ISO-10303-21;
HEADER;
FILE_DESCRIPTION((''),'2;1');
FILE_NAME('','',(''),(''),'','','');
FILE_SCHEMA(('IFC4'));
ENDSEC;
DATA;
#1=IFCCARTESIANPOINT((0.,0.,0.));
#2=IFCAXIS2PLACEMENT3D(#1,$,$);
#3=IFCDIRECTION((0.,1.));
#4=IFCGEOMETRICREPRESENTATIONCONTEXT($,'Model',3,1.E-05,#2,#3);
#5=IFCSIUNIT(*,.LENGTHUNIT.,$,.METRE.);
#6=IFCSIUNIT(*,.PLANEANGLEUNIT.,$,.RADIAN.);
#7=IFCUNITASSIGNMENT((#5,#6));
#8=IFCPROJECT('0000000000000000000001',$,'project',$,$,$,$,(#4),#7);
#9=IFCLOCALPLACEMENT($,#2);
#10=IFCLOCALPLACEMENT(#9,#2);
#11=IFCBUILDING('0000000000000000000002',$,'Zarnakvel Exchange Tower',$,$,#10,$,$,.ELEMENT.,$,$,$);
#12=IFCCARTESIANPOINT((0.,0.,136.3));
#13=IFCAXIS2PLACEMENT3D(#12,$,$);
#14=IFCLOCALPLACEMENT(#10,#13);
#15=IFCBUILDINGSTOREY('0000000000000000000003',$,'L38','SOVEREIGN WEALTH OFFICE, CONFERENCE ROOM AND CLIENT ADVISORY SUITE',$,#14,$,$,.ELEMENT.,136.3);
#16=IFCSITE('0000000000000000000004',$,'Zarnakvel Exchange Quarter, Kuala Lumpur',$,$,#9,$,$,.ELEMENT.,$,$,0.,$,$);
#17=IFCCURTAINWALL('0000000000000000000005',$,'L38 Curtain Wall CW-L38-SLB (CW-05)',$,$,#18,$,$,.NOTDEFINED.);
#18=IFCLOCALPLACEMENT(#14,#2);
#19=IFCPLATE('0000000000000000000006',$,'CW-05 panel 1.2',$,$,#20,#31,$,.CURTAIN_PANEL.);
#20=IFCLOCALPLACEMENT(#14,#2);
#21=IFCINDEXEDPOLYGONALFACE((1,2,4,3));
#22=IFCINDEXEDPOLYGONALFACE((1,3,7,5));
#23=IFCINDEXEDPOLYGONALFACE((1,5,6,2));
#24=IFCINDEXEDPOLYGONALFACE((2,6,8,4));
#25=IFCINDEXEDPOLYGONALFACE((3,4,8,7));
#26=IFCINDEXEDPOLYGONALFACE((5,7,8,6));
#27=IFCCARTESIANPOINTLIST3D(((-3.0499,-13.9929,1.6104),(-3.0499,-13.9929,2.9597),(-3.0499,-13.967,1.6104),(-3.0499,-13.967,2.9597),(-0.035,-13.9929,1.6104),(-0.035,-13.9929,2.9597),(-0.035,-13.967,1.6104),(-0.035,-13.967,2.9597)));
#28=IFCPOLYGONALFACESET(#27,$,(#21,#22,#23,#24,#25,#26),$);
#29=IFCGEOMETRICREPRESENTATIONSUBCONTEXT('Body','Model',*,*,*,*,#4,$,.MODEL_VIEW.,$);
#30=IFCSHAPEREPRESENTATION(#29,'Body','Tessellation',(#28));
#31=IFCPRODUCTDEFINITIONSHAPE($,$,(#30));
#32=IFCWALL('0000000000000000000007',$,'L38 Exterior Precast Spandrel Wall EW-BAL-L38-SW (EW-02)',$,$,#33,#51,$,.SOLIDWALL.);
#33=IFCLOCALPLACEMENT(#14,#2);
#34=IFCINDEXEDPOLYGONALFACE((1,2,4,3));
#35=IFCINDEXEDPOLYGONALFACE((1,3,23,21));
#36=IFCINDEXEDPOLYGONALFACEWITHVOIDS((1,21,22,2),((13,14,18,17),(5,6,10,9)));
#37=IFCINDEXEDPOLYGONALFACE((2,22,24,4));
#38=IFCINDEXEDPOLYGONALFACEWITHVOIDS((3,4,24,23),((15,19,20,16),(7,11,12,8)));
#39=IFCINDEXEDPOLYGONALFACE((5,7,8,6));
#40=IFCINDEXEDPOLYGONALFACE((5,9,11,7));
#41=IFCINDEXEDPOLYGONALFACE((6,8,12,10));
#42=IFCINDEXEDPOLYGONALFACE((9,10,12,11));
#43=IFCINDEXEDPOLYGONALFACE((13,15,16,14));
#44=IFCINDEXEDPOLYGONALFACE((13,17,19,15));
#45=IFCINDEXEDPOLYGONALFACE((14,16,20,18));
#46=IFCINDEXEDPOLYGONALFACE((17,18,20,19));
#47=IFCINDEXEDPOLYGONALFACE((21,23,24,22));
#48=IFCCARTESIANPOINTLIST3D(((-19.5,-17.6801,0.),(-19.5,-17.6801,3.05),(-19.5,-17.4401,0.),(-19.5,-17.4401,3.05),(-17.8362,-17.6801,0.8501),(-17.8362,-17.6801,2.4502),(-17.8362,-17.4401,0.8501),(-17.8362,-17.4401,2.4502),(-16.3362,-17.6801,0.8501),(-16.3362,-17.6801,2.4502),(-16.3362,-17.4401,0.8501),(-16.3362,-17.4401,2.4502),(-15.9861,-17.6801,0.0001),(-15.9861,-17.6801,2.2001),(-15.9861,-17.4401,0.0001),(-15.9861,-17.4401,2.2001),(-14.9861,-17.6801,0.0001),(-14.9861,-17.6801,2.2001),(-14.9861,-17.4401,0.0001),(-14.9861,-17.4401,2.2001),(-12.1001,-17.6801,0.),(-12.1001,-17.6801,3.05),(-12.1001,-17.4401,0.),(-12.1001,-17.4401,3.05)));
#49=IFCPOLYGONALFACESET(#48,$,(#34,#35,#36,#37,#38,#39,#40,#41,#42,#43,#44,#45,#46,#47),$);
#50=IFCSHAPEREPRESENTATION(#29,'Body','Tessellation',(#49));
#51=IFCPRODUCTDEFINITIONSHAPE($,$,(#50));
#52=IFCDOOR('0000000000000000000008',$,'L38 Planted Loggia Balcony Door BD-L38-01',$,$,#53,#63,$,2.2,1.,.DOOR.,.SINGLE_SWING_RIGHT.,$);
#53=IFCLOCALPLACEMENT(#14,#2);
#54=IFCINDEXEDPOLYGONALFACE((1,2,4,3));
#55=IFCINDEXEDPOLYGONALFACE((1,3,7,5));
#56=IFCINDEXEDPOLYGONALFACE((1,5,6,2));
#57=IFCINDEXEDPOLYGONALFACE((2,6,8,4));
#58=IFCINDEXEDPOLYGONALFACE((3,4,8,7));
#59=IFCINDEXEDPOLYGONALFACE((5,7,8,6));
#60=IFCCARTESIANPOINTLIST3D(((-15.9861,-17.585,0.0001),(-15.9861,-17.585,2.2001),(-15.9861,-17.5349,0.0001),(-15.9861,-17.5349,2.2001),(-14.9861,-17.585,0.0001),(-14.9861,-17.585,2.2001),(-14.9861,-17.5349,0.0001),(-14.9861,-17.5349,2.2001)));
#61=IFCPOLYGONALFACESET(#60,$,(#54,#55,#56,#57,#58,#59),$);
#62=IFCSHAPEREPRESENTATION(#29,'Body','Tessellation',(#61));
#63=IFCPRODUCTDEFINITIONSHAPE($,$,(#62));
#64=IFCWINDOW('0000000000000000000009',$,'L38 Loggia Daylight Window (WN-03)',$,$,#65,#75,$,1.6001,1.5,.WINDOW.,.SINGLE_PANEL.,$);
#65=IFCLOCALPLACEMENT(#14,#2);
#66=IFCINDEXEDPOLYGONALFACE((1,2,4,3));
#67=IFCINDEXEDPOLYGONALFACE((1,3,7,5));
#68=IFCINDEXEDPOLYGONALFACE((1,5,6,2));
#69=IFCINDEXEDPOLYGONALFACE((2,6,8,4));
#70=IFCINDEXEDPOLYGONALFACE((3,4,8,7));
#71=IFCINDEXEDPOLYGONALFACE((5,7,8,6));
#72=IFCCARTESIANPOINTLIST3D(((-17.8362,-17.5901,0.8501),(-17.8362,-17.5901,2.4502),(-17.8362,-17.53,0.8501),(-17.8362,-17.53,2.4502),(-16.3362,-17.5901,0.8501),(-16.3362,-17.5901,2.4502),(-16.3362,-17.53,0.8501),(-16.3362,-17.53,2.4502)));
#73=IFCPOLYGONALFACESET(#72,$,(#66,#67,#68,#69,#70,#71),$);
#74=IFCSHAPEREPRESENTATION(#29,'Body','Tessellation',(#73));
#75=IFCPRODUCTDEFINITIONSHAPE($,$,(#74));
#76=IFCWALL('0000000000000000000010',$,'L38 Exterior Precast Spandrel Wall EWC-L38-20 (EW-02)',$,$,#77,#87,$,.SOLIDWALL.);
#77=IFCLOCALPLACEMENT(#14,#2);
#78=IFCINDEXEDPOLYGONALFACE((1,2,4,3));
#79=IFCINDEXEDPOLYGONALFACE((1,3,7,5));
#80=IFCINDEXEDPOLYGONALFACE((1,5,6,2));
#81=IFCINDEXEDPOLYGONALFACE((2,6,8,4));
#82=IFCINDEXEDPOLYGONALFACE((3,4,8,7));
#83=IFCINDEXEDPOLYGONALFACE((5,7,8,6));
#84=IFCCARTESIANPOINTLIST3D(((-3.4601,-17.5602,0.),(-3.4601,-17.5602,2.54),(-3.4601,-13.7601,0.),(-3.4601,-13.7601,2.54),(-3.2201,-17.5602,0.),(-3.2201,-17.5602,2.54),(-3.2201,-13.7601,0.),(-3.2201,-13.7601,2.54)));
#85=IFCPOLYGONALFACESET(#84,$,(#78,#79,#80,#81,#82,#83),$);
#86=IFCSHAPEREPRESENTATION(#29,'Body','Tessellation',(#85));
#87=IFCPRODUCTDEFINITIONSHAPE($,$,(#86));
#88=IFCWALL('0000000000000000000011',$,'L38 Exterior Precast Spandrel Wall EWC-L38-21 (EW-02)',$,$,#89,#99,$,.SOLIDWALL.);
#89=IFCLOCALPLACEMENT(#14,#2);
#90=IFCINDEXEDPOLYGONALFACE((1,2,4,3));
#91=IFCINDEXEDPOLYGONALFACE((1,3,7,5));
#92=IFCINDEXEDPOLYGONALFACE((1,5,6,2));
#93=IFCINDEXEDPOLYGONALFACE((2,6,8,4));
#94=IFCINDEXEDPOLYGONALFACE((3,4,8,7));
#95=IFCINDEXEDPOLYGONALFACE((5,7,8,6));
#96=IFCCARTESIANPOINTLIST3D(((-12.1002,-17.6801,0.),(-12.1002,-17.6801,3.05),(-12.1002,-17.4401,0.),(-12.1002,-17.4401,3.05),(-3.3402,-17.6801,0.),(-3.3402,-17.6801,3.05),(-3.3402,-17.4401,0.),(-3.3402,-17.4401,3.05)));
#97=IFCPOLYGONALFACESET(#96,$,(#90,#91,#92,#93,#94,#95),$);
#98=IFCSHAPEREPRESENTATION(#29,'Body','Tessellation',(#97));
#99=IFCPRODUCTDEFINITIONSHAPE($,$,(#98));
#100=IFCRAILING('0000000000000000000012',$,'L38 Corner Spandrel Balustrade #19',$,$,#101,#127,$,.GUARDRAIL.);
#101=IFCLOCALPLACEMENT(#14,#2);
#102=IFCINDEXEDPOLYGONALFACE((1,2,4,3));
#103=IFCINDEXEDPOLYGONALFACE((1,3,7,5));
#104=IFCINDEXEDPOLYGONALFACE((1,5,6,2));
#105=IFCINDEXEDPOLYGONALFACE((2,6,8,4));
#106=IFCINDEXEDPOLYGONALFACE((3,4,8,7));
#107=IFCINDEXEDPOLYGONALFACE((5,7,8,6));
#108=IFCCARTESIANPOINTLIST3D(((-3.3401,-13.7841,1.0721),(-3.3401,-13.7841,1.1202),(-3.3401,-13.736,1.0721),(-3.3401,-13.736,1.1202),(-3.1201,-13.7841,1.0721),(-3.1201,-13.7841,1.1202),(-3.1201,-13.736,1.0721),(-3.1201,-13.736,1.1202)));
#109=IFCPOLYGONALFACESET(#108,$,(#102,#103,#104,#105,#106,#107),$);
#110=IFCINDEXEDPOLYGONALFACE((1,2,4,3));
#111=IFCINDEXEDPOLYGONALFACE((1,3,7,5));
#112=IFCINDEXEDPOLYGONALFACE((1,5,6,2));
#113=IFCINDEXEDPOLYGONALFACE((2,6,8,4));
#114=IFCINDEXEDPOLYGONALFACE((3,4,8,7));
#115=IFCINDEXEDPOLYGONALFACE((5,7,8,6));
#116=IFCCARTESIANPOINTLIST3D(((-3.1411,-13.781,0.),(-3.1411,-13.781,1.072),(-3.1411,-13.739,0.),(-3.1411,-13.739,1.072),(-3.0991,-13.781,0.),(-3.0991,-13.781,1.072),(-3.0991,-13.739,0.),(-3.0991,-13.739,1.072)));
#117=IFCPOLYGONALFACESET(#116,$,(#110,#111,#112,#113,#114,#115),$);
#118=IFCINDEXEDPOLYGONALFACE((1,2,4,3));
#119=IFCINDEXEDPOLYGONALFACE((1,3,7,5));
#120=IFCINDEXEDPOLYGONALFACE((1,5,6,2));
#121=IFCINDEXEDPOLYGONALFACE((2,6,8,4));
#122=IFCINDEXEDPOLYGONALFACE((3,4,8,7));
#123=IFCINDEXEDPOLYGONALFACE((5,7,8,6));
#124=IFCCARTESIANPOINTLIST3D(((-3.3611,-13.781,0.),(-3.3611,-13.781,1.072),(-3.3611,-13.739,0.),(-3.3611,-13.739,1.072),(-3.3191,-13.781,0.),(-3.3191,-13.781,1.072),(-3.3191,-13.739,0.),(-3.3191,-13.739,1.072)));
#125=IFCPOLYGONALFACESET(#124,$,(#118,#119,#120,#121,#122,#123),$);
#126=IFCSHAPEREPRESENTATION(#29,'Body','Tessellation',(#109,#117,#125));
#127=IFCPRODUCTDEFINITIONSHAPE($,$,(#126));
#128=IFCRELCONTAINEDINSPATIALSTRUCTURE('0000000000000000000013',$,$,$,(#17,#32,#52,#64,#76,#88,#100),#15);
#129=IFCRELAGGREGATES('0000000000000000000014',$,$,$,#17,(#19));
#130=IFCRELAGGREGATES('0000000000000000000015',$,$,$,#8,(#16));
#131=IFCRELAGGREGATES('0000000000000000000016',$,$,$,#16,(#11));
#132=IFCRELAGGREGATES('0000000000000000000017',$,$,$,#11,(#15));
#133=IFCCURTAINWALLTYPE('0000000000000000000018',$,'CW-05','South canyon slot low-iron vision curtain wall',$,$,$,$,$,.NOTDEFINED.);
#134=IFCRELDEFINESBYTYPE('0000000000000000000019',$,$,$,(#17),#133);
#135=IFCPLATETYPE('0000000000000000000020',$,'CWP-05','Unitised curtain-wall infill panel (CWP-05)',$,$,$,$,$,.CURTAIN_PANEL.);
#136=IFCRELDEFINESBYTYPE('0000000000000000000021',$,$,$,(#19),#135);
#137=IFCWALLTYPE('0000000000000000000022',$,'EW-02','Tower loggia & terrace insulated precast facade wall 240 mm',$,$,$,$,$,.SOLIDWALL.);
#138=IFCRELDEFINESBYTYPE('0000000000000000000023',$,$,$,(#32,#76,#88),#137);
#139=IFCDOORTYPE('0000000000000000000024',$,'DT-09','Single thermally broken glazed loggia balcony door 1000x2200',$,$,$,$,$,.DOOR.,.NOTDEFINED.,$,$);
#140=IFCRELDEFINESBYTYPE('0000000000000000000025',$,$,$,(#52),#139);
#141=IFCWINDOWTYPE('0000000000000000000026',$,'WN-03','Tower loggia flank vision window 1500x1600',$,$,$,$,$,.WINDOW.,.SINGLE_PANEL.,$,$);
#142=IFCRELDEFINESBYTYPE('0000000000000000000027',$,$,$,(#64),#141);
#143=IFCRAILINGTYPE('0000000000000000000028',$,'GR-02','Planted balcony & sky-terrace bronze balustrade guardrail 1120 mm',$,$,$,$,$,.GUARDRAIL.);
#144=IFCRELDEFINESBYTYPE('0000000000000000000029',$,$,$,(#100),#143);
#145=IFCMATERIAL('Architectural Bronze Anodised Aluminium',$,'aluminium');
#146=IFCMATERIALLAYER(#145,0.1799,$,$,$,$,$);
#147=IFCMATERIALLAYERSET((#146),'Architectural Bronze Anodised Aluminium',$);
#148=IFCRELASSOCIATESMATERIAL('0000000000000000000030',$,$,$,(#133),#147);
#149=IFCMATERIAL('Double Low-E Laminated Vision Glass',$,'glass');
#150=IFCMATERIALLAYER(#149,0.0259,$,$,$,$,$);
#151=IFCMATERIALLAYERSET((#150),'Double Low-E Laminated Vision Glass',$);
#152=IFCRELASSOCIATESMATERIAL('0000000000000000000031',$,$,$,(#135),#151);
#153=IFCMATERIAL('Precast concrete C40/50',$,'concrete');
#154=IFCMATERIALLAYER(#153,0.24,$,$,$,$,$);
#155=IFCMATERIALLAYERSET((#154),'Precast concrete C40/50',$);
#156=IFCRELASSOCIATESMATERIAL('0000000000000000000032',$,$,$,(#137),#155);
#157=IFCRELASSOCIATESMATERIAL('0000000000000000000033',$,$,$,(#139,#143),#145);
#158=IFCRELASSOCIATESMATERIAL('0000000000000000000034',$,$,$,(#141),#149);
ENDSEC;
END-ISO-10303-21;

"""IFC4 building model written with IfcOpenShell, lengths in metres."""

from ifc_helpers import new_model, si_unit, direction, frame, frame_2d, origin, origin_2d, place, context, subcontext, project, spatial, rectangle, extrude, source, transform, mapped, material, layer, layer_set, type_object, element, fill, aggregate, save


model = new_model("IFC4")

# Units and contexts
model_context = context("Model", 3, precision=1e-05, world=origin(), true_north=direction((0.0, 1.0)))
body_context = subcontext(model_context, "Body", "Model", "MODEL_VIEW")
ifc_project = project(units=[si_unit("LENGTHUNIT", "METRE"), si_unit("PLANEANGLEUNIT", "RADIAN")], contexts=[model_context])

# Site, building, storey
site_placement = place(None, origin())
site = spatial("IfcSite", under=ifc_project, at=site_placement, Name="Zarnakvel Exchange Quarter, Kuala Lumpur", CompositionType="ELEMENT", RefElevation=0.0)
building_placement = place(site_placement, origin())
building = spatial("IfcBuilding", under=site, at=building_placement, Name="Zarnakvel Exchange Tower", CompositionType="ELEMENT")
storey_placement = place(building_placement, frame((0.0, 0.0, 136.3)))
storey = spatial("IfcBuildingStorey", under=building, at=storey_placement, Name="L38", Description="SOVEREIGN WEALTH OFFICE, CONFERENCE ROOM AND CLIENT ADVISORY SUITE", CompositionType="ELEMENT", Elevation=136.3)

# Curtain wall
ifc_material_1 = material(Name="Architectural Bronze Anodised Aluminium", Category="aluminium")
ifc_layer_1 = layer(ifc_material_1, 0.1799)
ifc_layer_set_1 = layer_set([ifc_layer_1], Name="Architectural Bronze Anodised Aluminium")
curtain_wall_type = type_object("IfcCurtainWallType", Name="CW-05", Description="South canyon slot low-iron vision curtain wall", PredefinedType="NOTDEFINED", material=ifc_layer_set_1)
curtain_wall_1_placement = place(storey_placement, origin())
curtain_wall_1 = element("IfcCurtainWall", 1, at=curtain_wall_1_placement, inside=storey, type_object=curtain_wall_type, Name="L38 Curtain Wall CW-L38-SLB (CW-05)", PredefinedType="NOTDEFINED")

# Plate
ifc_material_2 = material(Name="Double Low-E Laminated Vision Glass", Category="glass")
ifc_layer_2 = layer(ifc_material_2, 0.0259)
ifc_layer_set_2 = layer_set([ifc_layer_2], Name="Double Low-E Laminated Vision Glass")
plate_type = type_object("IfcPlateType", Name="CWP-05", Description="Unitised curtain-wall infill panel (CWP-05)", PredefinedType="CURTAIN_PANEL", material=ifc_layer_set_2)
shared_shape_1 = source(origin(), body_context, "Body", "SweptSolid", [
    extrude(rectangle(XDim=3.0149, YDim=0.0259, at=origin_2d()), origin(), (0.0, 0.0, 1.0), 1.3494),
])
plate_1_placement = place(storey_placement, frame((-1.5425, -13.98, 1.6104), z_axis=(0.0, 0.0, 1.0), x_axis=(1.0, 0.0, 0.0)))
plate_1 = element("IfcPlate", 2, at=plate_1_placement, type_object=plate_type, Name="CW-05 panel 1.2", PredefinedType="CURTAIN_PANEL", context=body_context, shape_type="MappedRepresentation", body=[
    mapped(shared_shape_1, transform((0.0, 0.0, 0.0), x_axis=(1.0, 0.0, 0.0), y_axis=(0.0, 1.0, 0.0), z_axis=(0.0, 0.0, 1.0), scale=1.0)),
])
aggregate(curtain_wall_1, [plate_1])

# Wall, openings, door, window
ifc_material_3 = material(Name="Precast concrete C40/50", Category="concrete")
ifc_layer_3 = layer(ifc_material_3, 0.24)
ifc_layer_set_3 = layer_set([ifc_layer_3], Name="Precast concrete C40/50")
wall_type = type_object("IfcWallType", Name="EW-02", Description="Tower loggia & terrace insulated precast facade wall 240 mm", PredefinedType="SOLIDWALL", material=ifc_layer_set_3)
wall_1_placement = place(storey_placement, frame((-12.1001, -17.5601, 0.0), z_axis=(0.0, 0.0, 1.0), x_axis=(-1.0, 0.0, 0.0)))
wall_1 = element("IfcWall", 3, at=wall_1_placement, inside=storey, type_object=wall_type, Name="L38 Exterior Precast Spandrel Wall EW-BAL-L38-SW (EW-02)", PredefinedType="SOLIDWALL", context=body_context, shape_type="SweptSolid", body=[
    extrude(rectangle(XDim=7.3999, YDim=0.24, at=frame_2d((3.7, 0.0))), origin(), (0.0, 0.0, 1.0), 3.05),
])
opening_1_placement = place(wall_1_placement, frame((2.886, 0.0, 0.0)))
opening_1 = element("IfcOpeningElement", 4, at=opening_1_placement, cuts=wall_1, PredefinedType="OPENING", context=body_context, shape_type="SweptSolid", body=[
    extrude(rectangle(XDim=1.0, YDim=2.2, at=frame_2d((0.5, 1.1001))), frame((0.0, 0.1299, 0.0), z_axis=(0.0, -1.0, 0.0), x_axis=(1.0, 0.0, 0.0)), (0.0, 0.0, 1.0), 0.26),
])
opening_2_placement = place(wall_1_placement, frame((4.2361, 0.0, 0.8501)))
opening_2 = element("IfcOpeningElement", 5, at=opening_2_placement, cuts=wall_1, PredefinedType="OPENING", context=body_context, shape_type="SweptSolid", body=[
    extrude(rectangle(XDim=1.5, YDim=1.6001, at=frame_2d((0.75, 0.8))), frame((0.0, 0.1299, 0.0), z_axis=(0.0, -1.0, 0.0), x_axis=(1.0, 0.0, 0.0)), (0.0, 0.0, 1.0), 0.26),
])
door_type = type_object("IfcDoorType", Name="DT-09", Description="Single thermally broken glazed loggia balcony door 1000x2200", OperationType="NOTDEFINED", PredefinedType="DOOR", material=ifc_material_1)
shared_shape_2 = source(origin(), body_context, "Body", "SweptSolid", [
    extrude(rectangle(XDim=1.0, YDim=2.2, at=frame_2d((0.5, 1.1001))), frame((0.0, 0.0249, 0.0), z_axis=(0.0, -1.0, 0.0), x_axis=(1.0, 0.0, 0.0)), (0.0, 0.0, 1.0), 0.05),
])
door_placement = place(opening_1_placement, origin())
door = element("IfcDoor", 6, at=door_placement, inside=storey, type_object=door_type, Name="L38 Planted Loggia Balcony Door BD-L38-01", OperationType="SINGLE_SWING_RIGHT", OverallHeight=2.2, OverallWidth=1.0, PredefinedType="DOOR", context=body_context, shape_type="MappedRepresentation", body=[
    mapped(shared_shape_2, transform((0.0, 0.0, 0.0), x_axis=(1.0, 0.0, 0.0), y_axis=(0.0, 1.0, 0.0), z_axis=(0.0, 0.0, 1.0), scale=1.0)),
])
fill(opening_1, door)
window_type = type_object("IfcWindowType", Name="WN-03", Description="Tower loggia flank vision window 1500x1600", PartitioningType="SINGLE_PANEL", PredefinedType="WINDOW", material=ifc_material_2)
shared_shape_3 = source(origin(), body_context, "Body", "SweptSolid", [
    extrude(rectangle(XDim=1.5, YDim=1.6001, at=frame_2d((0.75, 0.8))), frame((0.0, 0.03, 0.0), z_axis=(0.0, -1.0, 0.0), x_axis=(1.0, 0.0, 0.0)), (0.0, 0.0, 1.0), 0.0601),
])
window_placement = place(opening_2_placement, origin())
window = element("IfcWindow", 7, at=window_placement, inside=storey, type_object=window_type, Name="L38 Loggia Daylight Window (WN-03)", OverallHeight=1.6001, OverallWidth=1.5, PartitioningType="SINGLE_PANEL", PredefinedType="WINDOW", context=body_context, shape_type="MappedRepresentation", body=[
    mapped(shared_shape_3, transform((0.0, 0.0, 0.0), x_axis=(1.0, 0.0, 0.0), y_axis=(0.0, 1.0, 0.0), z_axis=(0.0, 0.0, 1.0), scale=1.0)),
])
fill(opening_2, window)

# Walls
wall_2_placement = place(storey_placement, frame((-3.3401, -17.5601, 0.0), z_axis=(0.0, 0.0, 1.0), x_axis=(0.0, 1.0, 0.0)))
element("IfcWall", 8, at=wall_2_placement, inside=storey, type_object=wall_type, Name="L38 Exterior Precast Spandrel Wall EWC-L38-20 (EW-02)", PredefinedType="SOLIDWALL", context=body_context, shape_type="SweptSolid", body=[
    extrude(rectangle(XDim=3.8, YDim=0.24, at=frame_2d((1.8999, 0.0))), origin(), (0.0, 0.0, 1.0), 2.54),
])
wall_3_placement = place(storey_placement, frame((-12.1001, -17.5601, 0.0), z_axis=(0.0, 0.0, 1.0), x_axis=(1.0, 0.0, 0.0)))
element("IfcWall", 9, at=wall_3_placement, inside=storey, type_object=wall_type, Name="L38 Exterior Precast Spandrel Wall EWC-L38-21 (EW-02)", PredefinedType="SOLIDWALL", context=body_context, shape_type="SweptSolid", body=[
    extrude(rectangle(XDim=8.76, YDim=0.24, at=frame_2d((4.3799, 0.0))), origin(), (0.0, 0.0, 1.0), 3.05),
])

# Railing
railing_type_1 = type_object("IfcRailingType", Name="GR-02", Description="Planted balcony & sky-terrace bronze balustrade guardrail 1120 mm", PredefinedType="GUARDRAIL", material=ifc_material_1)
railing_1_placement = place(storey_placement, frame((-3.1201, -13.76, 0.0)))
element("IfcRailing", 10, at=railing_1_placement, inside=storey, type_object=railing_type_1, Name="L38 Corner Spandrel Balustrade #19", PredefinedType="GUARDRAIL", context=body_context, shape_type="SweptSolid", body=[
    extrude(rectangle(XDim=0.0481, YDim=0.0481, at=origin_2d()), frame((0.0, 0.0, 1.0962), z_axis=(-1.0, 0.0, 0.0), x_axis=(0.0, -1.0, 0.0)), (0.0, 0.0, 1.0), 0.22),
    extrude(rectangle(XDim=0.042, YDim=0.042, at=origin_2d()), origin(), (0.0, 0.0, 1.0), 1.072),
    extrude(rectangle(XDim=0.042, YDim=0.042, at=origin_2d()), frame((-0.22, 0.0, 0.0)), (0.0, 0.0, 1.0), 1.072),
])

save(model, "model.ifc")
